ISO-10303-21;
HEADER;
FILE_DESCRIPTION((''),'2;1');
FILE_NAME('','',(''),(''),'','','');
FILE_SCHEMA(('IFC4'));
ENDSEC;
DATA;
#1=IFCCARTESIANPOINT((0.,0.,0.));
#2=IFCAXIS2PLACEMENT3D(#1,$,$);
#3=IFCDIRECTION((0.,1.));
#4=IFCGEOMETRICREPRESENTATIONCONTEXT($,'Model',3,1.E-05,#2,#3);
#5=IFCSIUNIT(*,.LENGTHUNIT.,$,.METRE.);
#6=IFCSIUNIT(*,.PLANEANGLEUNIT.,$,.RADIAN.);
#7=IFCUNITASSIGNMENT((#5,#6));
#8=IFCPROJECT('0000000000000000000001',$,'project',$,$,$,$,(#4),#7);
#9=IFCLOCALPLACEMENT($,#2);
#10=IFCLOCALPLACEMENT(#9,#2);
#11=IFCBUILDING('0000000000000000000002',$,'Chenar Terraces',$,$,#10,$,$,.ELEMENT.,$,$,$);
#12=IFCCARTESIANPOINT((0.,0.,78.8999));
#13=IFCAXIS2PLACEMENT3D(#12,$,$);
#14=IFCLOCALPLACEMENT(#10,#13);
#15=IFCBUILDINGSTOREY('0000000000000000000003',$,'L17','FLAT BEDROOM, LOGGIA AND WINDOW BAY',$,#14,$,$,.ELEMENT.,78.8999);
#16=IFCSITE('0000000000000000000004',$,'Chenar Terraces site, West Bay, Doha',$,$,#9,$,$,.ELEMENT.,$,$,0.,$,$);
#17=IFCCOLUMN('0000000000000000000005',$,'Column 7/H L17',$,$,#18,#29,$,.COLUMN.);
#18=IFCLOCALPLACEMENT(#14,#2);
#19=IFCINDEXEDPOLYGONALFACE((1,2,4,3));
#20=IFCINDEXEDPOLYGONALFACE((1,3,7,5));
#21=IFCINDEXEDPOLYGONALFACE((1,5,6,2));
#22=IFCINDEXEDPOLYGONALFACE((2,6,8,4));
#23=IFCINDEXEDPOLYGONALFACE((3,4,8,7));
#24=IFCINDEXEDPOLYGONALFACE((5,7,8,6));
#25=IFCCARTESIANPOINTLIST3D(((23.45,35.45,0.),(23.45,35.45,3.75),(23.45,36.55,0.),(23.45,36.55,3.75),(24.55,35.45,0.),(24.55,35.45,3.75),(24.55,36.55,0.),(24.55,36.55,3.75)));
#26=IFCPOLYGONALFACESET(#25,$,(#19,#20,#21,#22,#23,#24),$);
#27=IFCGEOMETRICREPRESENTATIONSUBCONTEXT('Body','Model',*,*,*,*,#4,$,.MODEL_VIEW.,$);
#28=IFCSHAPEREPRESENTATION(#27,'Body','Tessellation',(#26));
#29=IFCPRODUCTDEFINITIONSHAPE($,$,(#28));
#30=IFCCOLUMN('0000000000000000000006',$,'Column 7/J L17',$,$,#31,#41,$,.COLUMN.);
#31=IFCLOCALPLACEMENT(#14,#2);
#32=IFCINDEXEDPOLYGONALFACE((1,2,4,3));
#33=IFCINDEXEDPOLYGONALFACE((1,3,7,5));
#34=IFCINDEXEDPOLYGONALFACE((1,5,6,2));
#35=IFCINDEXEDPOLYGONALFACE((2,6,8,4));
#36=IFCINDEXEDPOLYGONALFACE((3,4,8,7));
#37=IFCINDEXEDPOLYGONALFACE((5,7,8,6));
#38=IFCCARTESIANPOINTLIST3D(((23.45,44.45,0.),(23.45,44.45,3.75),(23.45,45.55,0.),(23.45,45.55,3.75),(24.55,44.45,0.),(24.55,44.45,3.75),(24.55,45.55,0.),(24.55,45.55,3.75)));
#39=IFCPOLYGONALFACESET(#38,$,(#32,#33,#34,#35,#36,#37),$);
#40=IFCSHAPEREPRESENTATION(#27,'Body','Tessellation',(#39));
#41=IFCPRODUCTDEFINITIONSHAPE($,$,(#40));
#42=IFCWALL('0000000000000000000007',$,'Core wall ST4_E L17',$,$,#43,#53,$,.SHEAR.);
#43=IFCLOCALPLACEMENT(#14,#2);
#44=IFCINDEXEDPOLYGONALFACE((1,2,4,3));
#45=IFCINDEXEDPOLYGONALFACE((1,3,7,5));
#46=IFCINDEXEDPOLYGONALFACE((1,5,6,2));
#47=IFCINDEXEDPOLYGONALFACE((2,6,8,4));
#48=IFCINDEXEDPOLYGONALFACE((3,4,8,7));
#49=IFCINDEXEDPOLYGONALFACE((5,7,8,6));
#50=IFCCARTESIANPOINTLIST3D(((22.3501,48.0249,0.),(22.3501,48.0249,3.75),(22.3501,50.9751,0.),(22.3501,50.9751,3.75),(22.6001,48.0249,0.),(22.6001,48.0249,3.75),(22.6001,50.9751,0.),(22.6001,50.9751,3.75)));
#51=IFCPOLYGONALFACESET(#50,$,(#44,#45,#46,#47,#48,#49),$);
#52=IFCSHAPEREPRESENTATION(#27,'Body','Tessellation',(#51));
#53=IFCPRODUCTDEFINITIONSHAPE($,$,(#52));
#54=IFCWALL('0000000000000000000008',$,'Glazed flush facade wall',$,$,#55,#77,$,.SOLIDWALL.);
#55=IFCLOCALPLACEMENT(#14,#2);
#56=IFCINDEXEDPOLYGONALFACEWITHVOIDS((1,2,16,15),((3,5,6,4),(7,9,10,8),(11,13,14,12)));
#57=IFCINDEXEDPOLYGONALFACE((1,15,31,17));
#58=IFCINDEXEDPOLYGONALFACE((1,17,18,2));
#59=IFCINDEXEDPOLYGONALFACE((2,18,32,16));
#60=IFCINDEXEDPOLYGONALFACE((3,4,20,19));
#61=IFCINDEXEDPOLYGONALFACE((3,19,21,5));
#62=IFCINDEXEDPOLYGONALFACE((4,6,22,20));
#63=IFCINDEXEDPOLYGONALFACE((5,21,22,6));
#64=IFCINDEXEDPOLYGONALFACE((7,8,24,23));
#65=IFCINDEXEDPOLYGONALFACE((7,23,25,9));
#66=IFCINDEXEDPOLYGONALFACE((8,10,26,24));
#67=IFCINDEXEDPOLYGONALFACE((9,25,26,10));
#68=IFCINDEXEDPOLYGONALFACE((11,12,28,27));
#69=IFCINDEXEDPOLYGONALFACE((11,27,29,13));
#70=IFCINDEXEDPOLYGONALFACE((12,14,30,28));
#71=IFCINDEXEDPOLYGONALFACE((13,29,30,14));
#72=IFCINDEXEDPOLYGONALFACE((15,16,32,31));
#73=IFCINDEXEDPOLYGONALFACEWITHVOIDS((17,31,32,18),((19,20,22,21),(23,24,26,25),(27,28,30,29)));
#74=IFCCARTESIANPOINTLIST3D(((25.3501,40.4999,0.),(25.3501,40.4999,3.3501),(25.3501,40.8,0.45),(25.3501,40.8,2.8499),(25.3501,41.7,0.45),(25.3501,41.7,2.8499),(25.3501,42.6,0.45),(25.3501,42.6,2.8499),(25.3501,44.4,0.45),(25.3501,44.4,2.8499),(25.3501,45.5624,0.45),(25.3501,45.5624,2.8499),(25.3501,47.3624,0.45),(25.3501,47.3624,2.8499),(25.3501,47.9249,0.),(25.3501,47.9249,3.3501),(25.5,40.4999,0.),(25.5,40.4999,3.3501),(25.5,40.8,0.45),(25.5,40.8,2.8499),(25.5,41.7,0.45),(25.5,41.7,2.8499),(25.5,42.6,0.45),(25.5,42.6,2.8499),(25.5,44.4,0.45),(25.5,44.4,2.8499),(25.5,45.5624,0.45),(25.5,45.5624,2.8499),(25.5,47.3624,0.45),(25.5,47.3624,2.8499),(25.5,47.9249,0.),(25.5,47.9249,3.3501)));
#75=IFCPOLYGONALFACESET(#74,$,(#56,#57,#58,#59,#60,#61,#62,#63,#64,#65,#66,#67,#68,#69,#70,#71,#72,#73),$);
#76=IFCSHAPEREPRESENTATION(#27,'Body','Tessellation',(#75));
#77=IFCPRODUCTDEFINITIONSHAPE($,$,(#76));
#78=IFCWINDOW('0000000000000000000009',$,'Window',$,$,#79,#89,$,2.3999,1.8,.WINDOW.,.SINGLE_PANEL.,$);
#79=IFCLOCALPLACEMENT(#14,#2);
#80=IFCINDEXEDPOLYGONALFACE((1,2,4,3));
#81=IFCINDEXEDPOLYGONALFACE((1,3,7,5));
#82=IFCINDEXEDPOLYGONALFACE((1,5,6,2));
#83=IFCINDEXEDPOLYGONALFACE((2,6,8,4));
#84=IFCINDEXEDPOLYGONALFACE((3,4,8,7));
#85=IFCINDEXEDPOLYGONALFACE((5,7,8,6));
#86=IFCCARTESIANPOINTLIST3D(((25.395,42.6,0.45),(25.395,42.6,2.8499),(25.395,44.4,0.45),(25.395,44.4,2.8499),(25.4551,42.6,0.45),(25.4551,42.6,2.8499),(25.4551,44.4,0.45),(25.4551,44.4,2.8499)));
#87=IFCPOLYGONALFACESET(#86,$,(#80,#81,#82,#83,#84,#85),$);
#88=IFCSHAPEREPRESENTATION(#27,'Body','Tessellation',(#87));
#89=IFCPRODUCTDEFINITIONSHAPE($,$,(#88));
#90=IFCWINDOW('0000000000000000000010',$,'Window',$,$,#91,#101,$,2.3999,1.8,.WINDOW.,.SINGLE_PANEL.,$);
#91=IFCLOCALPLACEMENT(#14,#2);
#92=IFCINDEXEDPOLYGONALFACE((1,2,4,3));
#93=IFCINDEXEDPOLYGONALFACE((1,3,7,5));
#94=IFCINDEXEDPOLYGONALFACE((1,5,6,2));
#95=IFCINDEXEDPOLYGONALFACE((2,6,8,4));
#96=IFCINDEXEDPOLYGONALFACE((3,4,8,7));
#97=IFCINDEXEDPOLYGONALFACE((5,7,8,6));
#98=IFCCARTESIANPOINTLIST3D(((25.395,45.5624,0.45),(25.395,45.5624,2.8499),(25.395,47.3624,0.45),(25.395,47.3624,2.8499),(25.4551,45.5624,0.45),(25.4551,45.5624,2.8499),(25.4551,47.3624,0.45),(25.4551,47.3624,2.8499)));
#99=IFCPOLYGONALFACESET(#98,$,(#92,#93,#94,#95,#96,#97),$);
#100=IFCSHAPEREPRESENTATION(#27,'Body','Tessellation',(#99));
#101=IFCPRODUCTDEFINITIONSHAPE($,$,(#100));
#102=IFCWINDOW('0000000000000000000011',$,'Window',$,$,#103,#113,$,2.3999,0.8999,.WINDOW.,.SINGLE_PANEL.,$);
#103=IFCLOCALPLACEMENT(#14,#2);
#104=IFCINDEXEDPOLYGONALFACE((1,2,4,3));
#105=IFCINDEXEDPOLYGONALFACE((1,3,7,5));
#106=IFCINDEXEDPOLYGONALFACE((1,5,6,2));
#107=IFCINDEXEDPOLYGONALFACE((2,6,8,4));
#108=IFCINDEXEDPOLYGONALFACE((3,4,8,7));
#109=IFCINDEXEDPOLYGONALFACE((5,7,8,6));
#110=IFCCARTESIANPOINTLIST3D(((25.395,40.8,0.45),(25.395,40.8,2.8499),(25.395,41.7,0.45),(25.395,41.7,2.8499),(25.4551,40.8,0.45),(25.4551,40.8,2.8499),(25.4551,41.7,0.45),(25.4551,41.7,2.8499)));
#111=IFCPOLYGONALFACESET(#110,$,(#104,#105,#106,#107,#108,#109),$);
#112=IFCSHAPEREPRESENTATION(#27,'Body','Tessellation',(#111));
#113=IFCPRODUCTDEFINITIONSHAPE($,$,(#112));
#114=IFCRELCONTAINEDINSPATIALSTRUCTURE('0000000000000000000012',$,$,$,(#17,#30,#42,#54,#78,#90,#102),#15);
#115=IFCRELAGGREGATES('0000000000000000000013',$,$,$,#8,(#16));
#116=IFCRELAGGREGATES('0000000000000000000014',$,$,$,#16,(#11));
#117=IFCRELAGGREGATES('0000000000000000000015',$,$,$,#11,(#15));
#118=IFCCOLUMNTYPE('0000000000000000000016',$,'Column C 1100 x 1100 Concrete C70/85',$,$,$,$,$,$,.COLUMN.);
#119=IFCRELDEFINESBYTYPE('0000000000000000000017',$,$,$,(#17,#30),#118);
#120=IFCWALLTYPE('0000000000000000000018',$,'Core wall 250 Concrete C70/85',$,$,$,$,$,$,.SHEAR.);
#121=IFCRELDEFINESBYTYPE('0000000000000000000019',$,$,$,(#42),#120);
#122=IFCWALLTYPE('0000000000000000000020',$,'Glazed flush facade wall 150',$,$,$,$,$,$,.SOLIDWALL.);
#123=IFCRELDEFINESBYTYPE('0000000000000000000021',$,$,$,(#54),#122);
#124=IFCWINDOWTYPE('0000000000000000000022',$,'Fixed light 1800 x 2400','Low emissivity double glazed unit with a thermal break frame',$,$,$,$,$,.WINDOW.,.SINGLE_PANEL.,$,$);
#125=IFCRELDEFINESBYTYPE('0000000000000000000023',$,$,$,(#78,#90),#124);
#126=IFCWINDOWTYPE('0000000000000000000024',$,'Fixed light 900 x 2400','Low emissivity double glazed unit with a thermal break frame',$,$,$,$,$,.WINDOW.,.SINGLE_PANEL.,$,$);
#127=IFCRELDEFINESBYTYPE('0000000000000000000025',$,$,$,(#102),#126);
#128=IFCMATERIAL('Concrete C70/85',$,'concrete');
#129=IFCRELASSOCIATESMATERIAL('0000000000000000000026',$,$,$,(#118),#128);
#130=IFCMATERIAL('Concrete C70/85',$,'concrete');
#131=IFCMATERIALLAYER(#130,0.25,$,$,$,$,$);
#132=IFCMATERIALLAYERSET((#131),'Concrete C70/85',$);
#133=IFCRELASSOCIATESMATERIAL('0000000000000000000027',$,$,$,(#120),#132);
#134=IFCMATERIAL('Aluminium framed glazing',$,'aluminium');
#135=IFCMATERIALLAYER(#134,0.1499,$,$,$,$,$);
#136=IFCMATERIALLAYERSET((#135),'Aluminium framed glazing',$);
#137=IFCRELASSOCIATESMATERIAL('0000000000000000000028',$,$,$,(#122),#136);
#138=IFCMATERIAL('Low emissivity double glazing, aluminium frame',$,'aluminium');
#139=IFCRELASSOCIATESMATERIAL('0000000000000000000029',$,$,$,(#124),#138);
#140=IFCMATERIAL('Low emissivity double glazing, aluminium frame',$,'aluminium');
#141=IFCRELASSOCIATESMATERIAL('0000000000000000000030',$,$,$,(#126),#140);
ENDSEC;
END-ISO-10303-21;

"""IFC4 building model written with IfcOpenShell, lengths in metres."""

from ifc_helpers import new_model, si_unit, direction, frame, frame_2d, origin, origin_2d, place, context, subcontext, project, spatial, rectangle, extrude, material, layer, layer_set, material_profile, profile_set, type_object, element, fill, save


model = new_model("IFC4")

# Units and contexts
model_context = context("Model", 3, precision=1e-05, world=origin(), true_north=direction((0.0, 1.0)))
body_context = subcontext(model_context, "Body", "Model", "MODEL_VIEW")
ifc_project = project(units=[si_unit("LENGTHUNIT", "METRE"), si_unit("PLANEANGLEUNIT", "RADIAN")], contexts=[model_context])

# Site, building, storey
site_placement = place(None, origin())
site = spatial("IfcSite", under=ifc_project, at=site_placement, Name="Chenar Terraces site, West Bay, Doha", CompositionType="ELEMENT", RefElevation=0.0)
building_placement = place(site_placement, origin())
building = spatial("IfcBuilding", under=site, at=building_placement, Name="Chenar Terraces", CompositionType="ELEMENT")
storey_placement = place(building_placement, frame((0.0, 0.0, 78.8999)))
storey = spatial("IfcBuildingStorey", under=building, at=storey_placement, Name="L17", Description="FLAT BEDROOM, LOGGIA AND WINDOW BAY", CompositionType="ELEMENT", Elevation=78.8999)

# Columns
ifc_material_1 = material(Name="Concrete C70/85", Category="concrete")
ifc_material_profile = material_profile(ifc_material_1, rectangle(XDim=1.1001, YDim=1.1001, at=origin_2d()), Name="C 1100 x 1100")
ifc_profile_set = profile_set([ifc_material_profile], Name="Concrete C70/85")
column_type = type_object("IfcColumnType", Name="Column C 1100 x 1100 Concrete C70/85", PredefinedType="COLUMN", material=ifc_profile_set)
for number, where, z_axis, x_axis, name in (
    (1, (24.0, 36.0, 0.0), (0.0, 0.0, 1.0), (1.0, 0.0, 0.0), "Column 7/H L17"),
    (2, (24.0, 45.0, 0.0), (0.0, 0.0, 1.0), (1.0, 0.0, 0.0), "Column 7/J L17"),
):
    element("IfcColumn", number, at=place(storey_placement, frame(where, z_axis=z_axis, x_axis=x_axis)), inside=storey, type_object=column_type, Name=name, PredefinedType="COLUMN", context=body_context, shape_type="SweptSolid", body=[
        extrude(rectangle(XDim=1.1001, YDim=1.1001, at=origin_2d()), origin(), (0.0, 0.0, 1.0), 3.75),
    ])

# Wall
ifc_material_2 = material(Name="Concrete C70/85", Category="concrete")
ifc_layer_1 = layer(ifc_material_2, 0.25)
ifc_layer_set_1 = layer_set([ifc_layer_1], Name="Concrete C70/85")
wall_type_1 = type_object("IfcWallType", Name="Core wall 250 Concrete C70/85", PredefinedType="SHEAR", material=ifc_layer_set_1)
wall_1_placement = place(storey_placement, frame((22.4751, 48.0249, 0.0), z_axis=(0.0, 0.0, 1.0), x_axis=(0.0, 1.0, 0.0)))
element("IfcWall", 3, at=wall_1_placement, inside=storey, type_object=wall_type_1, Name="Core wall ST4_E L17", PredefinedType="SHEAR", context=body_context, shape_type="SweptSolid", body=[
    extrude(rectangle(XDim=2.9502, YDim=0.25, at=frame_2d((1.4751, 0.0))), origin(), (0.0, 0.0, 1.0), 3.75),
])

# Wall, openings, windows
ifc_material_3 = material(Name="Aluminium framed glazing", Category="aluminium")
ifc_layer_2 = layer(ifc_material_3, 0.1499)
ifc_layer_set_2 = layer_set([ifc_layer_2], Name="Aluminium framed glazing")
wall_type_2 = type_object("IfcWallType", Name="Glazed flush facade wall 150", PredefinedType="SOLIDWALL", material=ifc_layer_set_2)
wall_2_placement = place(storey_placement, frame((25.425, 40.5, 0.0), z_axis=(0.0, 0.0, 1.0), x_axis=(0.0, 1.0, 0.0)))
wall_2 = element("IfcWall", 4, at=wall_2_placement, inside=storey, type_object=wall_type_2, Name="Glazed flush facade wall", PredefinedType="SOLIDWALL", context=body_context, shape_type="SweptSolid", body=[
    extrude(rectangle(XDim=7.425, YDim=0.1499, at=frame_2d((3.7124, 0.0))), origin(), (0.0, 0.0, 1.0), 3.3501),
])
opening_1_placement = place(wall_2_placement, frame((0.3, 0.0, 0.45)))
opening_1 = element("IfcOpeningElement", 5, at=opening_1_placement, cuts=wall_2, PredefinedType="OPENING", context=body_context, shape_type="SweptSolid", body=[
    extrude(rectangle(XDim=0.8999, YDim=2.3999, at=frame_2d((0.45, 1.2))), frame((0.0, 0.085, 0.0), z_axis=(0.0, -1.0, 0.0), x_axis=(1.0, 0.0, 0.0)), (0.0, 0.0, 1.0), 0.1699),
])
opening_2_placement = place(wall_2_placement, frame((2.1001, 0.0, 0.45)))
opening_2 = element("IfcOpeningElement", 6, at=opening_2_placement, cuts=wall_2, PredefinedType="OPENING", context=body_context, shape_type="SweptSolid", body=[
    extrude(rectangle(XDim=1.8, YDim=2.3999, at=frame_2d((0.8999, 1.2))), frame((0.0, 0.085, 0.0), z_axis=(0.0, -1.0, 0.0), x_axis=(1.0, 0.0, 0.0)), (0.0, 0.0, 1.0), 0.1699),
])
opening_3_placement = place(wall_2_placement, frame((5.0625, 0.0, 0.45)))
opening_3 = element("IfcOpeningElement", 7, at=opening_3_placement, cuts=wall_2, PredefinedType="OPENING", context=body_context, shape_type="SweptSolid", body=[
    extrude(rectangle(XDim=1.8, YDim=2.3999, at=frame_2d((0.8999, 1.2))), frame((0.0, 0.085, 0.0), z_axis=(0.0, -1.0, 0.0), x_axis=(1.0, 0.0, 0.0)), (0.0, 0.0, 1.0), 0.1699),
])
ifc_material_4 = material(Name="Low emissivity double glazing, aluminium frame", Category="aluminium")
window_type_1 = type_object("IfcWindowType", Name="Fixed light 1800 x 2400", Description="Low emissivity double glazed unit with a thermal break frame", PartitioningType="SINGLE_PANEL", PredefinedType="WINDOW", material=ifc_material_4)
window_1_placement = place(opening_2_placement, origin())
window_1 = element("IfcWindow", 8, at=window_1_placement, inside=storey, type_object=window_type_1, Name="Window", OverallHeight=2.3999, OverallWidth=1.8, PartitioningType="SINGLE_PANEL", PredefinedType="WINDOW", context=body_context, shape_type="SweptSolid", body=[
    extrude(rectangle(XDim=1.8, YDim=2.3999, at=frame_2d((0.8999, 1.2))), frame((0.0, 0.03, 0.0), z_axis=(0.0, -1.0, 0.0), x_axis=(1.0, 0.0, 0.0)), (0.0, 0.0, 1.0), 0.0601),
])
fill(opening_2, window_1)
window_2_placement = place(opening_3_placement, origin())
window_2 = element("IfcWindow", 9, at=window_2_placement, inside=storey, type_object=window_type_1, Name="Window", OverallHeight=2.3999, OverallWidth=1.8, PartitioningType="SINGLE_PANEL", PredefinedType="WINDOW", context=body_context, shape_type="SweptSolid", body=[
    extrude(rectangle(XDim=1.8, YDim=2.3999, at=frame_2d((0.8999, 1.2))), frame((0.0, 0.03, 0.0), z_axis=(0.0, -1.0, 0.0), x_axis=(1.0, 0.0, 0.0)), (0.0, 0.0, 1.0), 0.0601),
])
fill(opening_3, window_2)
ifc_material_5 = material(Name="Low emissivity double glazing, aluminium frame", Category="aluminium")
window_type_2 = type_object("IfcWindowType", Name="Fixed light 900 x 2400", Description="Low emissivity double glazed unit with a thermal break frame", PartitioningType="SINGLE_PANEL", PredefinedType="WINDOW", material=ifc_material_5)
window_3_placement = place(opening_1_placement, origin())
window_3 = element("IfcWindow", 10, at=window_3_placement, inside=storey, type_object=window_type_2, Name="Window", OverallHeight=2.3999, OverallWidth=0.8999, PartitioningType="SINGLE_PANEL", PredefinedType="WINDOW", context=body_context, shape_type="SweptSolid", body=[
    extrude(rectangle(XDim=0.8999, YDim=2.3999, at=frame_2d((0.45, 1.2))), frame((0.0, 0.03, 0.0), z_axis=(0.0, -1.0, 0.0), x_axis=(1.0, 0.0, 0.0)), (0.0, 0.0, 1.0), 0.0601),
])
fill(opening_1, window_3)

save(model, "model.ifc")
